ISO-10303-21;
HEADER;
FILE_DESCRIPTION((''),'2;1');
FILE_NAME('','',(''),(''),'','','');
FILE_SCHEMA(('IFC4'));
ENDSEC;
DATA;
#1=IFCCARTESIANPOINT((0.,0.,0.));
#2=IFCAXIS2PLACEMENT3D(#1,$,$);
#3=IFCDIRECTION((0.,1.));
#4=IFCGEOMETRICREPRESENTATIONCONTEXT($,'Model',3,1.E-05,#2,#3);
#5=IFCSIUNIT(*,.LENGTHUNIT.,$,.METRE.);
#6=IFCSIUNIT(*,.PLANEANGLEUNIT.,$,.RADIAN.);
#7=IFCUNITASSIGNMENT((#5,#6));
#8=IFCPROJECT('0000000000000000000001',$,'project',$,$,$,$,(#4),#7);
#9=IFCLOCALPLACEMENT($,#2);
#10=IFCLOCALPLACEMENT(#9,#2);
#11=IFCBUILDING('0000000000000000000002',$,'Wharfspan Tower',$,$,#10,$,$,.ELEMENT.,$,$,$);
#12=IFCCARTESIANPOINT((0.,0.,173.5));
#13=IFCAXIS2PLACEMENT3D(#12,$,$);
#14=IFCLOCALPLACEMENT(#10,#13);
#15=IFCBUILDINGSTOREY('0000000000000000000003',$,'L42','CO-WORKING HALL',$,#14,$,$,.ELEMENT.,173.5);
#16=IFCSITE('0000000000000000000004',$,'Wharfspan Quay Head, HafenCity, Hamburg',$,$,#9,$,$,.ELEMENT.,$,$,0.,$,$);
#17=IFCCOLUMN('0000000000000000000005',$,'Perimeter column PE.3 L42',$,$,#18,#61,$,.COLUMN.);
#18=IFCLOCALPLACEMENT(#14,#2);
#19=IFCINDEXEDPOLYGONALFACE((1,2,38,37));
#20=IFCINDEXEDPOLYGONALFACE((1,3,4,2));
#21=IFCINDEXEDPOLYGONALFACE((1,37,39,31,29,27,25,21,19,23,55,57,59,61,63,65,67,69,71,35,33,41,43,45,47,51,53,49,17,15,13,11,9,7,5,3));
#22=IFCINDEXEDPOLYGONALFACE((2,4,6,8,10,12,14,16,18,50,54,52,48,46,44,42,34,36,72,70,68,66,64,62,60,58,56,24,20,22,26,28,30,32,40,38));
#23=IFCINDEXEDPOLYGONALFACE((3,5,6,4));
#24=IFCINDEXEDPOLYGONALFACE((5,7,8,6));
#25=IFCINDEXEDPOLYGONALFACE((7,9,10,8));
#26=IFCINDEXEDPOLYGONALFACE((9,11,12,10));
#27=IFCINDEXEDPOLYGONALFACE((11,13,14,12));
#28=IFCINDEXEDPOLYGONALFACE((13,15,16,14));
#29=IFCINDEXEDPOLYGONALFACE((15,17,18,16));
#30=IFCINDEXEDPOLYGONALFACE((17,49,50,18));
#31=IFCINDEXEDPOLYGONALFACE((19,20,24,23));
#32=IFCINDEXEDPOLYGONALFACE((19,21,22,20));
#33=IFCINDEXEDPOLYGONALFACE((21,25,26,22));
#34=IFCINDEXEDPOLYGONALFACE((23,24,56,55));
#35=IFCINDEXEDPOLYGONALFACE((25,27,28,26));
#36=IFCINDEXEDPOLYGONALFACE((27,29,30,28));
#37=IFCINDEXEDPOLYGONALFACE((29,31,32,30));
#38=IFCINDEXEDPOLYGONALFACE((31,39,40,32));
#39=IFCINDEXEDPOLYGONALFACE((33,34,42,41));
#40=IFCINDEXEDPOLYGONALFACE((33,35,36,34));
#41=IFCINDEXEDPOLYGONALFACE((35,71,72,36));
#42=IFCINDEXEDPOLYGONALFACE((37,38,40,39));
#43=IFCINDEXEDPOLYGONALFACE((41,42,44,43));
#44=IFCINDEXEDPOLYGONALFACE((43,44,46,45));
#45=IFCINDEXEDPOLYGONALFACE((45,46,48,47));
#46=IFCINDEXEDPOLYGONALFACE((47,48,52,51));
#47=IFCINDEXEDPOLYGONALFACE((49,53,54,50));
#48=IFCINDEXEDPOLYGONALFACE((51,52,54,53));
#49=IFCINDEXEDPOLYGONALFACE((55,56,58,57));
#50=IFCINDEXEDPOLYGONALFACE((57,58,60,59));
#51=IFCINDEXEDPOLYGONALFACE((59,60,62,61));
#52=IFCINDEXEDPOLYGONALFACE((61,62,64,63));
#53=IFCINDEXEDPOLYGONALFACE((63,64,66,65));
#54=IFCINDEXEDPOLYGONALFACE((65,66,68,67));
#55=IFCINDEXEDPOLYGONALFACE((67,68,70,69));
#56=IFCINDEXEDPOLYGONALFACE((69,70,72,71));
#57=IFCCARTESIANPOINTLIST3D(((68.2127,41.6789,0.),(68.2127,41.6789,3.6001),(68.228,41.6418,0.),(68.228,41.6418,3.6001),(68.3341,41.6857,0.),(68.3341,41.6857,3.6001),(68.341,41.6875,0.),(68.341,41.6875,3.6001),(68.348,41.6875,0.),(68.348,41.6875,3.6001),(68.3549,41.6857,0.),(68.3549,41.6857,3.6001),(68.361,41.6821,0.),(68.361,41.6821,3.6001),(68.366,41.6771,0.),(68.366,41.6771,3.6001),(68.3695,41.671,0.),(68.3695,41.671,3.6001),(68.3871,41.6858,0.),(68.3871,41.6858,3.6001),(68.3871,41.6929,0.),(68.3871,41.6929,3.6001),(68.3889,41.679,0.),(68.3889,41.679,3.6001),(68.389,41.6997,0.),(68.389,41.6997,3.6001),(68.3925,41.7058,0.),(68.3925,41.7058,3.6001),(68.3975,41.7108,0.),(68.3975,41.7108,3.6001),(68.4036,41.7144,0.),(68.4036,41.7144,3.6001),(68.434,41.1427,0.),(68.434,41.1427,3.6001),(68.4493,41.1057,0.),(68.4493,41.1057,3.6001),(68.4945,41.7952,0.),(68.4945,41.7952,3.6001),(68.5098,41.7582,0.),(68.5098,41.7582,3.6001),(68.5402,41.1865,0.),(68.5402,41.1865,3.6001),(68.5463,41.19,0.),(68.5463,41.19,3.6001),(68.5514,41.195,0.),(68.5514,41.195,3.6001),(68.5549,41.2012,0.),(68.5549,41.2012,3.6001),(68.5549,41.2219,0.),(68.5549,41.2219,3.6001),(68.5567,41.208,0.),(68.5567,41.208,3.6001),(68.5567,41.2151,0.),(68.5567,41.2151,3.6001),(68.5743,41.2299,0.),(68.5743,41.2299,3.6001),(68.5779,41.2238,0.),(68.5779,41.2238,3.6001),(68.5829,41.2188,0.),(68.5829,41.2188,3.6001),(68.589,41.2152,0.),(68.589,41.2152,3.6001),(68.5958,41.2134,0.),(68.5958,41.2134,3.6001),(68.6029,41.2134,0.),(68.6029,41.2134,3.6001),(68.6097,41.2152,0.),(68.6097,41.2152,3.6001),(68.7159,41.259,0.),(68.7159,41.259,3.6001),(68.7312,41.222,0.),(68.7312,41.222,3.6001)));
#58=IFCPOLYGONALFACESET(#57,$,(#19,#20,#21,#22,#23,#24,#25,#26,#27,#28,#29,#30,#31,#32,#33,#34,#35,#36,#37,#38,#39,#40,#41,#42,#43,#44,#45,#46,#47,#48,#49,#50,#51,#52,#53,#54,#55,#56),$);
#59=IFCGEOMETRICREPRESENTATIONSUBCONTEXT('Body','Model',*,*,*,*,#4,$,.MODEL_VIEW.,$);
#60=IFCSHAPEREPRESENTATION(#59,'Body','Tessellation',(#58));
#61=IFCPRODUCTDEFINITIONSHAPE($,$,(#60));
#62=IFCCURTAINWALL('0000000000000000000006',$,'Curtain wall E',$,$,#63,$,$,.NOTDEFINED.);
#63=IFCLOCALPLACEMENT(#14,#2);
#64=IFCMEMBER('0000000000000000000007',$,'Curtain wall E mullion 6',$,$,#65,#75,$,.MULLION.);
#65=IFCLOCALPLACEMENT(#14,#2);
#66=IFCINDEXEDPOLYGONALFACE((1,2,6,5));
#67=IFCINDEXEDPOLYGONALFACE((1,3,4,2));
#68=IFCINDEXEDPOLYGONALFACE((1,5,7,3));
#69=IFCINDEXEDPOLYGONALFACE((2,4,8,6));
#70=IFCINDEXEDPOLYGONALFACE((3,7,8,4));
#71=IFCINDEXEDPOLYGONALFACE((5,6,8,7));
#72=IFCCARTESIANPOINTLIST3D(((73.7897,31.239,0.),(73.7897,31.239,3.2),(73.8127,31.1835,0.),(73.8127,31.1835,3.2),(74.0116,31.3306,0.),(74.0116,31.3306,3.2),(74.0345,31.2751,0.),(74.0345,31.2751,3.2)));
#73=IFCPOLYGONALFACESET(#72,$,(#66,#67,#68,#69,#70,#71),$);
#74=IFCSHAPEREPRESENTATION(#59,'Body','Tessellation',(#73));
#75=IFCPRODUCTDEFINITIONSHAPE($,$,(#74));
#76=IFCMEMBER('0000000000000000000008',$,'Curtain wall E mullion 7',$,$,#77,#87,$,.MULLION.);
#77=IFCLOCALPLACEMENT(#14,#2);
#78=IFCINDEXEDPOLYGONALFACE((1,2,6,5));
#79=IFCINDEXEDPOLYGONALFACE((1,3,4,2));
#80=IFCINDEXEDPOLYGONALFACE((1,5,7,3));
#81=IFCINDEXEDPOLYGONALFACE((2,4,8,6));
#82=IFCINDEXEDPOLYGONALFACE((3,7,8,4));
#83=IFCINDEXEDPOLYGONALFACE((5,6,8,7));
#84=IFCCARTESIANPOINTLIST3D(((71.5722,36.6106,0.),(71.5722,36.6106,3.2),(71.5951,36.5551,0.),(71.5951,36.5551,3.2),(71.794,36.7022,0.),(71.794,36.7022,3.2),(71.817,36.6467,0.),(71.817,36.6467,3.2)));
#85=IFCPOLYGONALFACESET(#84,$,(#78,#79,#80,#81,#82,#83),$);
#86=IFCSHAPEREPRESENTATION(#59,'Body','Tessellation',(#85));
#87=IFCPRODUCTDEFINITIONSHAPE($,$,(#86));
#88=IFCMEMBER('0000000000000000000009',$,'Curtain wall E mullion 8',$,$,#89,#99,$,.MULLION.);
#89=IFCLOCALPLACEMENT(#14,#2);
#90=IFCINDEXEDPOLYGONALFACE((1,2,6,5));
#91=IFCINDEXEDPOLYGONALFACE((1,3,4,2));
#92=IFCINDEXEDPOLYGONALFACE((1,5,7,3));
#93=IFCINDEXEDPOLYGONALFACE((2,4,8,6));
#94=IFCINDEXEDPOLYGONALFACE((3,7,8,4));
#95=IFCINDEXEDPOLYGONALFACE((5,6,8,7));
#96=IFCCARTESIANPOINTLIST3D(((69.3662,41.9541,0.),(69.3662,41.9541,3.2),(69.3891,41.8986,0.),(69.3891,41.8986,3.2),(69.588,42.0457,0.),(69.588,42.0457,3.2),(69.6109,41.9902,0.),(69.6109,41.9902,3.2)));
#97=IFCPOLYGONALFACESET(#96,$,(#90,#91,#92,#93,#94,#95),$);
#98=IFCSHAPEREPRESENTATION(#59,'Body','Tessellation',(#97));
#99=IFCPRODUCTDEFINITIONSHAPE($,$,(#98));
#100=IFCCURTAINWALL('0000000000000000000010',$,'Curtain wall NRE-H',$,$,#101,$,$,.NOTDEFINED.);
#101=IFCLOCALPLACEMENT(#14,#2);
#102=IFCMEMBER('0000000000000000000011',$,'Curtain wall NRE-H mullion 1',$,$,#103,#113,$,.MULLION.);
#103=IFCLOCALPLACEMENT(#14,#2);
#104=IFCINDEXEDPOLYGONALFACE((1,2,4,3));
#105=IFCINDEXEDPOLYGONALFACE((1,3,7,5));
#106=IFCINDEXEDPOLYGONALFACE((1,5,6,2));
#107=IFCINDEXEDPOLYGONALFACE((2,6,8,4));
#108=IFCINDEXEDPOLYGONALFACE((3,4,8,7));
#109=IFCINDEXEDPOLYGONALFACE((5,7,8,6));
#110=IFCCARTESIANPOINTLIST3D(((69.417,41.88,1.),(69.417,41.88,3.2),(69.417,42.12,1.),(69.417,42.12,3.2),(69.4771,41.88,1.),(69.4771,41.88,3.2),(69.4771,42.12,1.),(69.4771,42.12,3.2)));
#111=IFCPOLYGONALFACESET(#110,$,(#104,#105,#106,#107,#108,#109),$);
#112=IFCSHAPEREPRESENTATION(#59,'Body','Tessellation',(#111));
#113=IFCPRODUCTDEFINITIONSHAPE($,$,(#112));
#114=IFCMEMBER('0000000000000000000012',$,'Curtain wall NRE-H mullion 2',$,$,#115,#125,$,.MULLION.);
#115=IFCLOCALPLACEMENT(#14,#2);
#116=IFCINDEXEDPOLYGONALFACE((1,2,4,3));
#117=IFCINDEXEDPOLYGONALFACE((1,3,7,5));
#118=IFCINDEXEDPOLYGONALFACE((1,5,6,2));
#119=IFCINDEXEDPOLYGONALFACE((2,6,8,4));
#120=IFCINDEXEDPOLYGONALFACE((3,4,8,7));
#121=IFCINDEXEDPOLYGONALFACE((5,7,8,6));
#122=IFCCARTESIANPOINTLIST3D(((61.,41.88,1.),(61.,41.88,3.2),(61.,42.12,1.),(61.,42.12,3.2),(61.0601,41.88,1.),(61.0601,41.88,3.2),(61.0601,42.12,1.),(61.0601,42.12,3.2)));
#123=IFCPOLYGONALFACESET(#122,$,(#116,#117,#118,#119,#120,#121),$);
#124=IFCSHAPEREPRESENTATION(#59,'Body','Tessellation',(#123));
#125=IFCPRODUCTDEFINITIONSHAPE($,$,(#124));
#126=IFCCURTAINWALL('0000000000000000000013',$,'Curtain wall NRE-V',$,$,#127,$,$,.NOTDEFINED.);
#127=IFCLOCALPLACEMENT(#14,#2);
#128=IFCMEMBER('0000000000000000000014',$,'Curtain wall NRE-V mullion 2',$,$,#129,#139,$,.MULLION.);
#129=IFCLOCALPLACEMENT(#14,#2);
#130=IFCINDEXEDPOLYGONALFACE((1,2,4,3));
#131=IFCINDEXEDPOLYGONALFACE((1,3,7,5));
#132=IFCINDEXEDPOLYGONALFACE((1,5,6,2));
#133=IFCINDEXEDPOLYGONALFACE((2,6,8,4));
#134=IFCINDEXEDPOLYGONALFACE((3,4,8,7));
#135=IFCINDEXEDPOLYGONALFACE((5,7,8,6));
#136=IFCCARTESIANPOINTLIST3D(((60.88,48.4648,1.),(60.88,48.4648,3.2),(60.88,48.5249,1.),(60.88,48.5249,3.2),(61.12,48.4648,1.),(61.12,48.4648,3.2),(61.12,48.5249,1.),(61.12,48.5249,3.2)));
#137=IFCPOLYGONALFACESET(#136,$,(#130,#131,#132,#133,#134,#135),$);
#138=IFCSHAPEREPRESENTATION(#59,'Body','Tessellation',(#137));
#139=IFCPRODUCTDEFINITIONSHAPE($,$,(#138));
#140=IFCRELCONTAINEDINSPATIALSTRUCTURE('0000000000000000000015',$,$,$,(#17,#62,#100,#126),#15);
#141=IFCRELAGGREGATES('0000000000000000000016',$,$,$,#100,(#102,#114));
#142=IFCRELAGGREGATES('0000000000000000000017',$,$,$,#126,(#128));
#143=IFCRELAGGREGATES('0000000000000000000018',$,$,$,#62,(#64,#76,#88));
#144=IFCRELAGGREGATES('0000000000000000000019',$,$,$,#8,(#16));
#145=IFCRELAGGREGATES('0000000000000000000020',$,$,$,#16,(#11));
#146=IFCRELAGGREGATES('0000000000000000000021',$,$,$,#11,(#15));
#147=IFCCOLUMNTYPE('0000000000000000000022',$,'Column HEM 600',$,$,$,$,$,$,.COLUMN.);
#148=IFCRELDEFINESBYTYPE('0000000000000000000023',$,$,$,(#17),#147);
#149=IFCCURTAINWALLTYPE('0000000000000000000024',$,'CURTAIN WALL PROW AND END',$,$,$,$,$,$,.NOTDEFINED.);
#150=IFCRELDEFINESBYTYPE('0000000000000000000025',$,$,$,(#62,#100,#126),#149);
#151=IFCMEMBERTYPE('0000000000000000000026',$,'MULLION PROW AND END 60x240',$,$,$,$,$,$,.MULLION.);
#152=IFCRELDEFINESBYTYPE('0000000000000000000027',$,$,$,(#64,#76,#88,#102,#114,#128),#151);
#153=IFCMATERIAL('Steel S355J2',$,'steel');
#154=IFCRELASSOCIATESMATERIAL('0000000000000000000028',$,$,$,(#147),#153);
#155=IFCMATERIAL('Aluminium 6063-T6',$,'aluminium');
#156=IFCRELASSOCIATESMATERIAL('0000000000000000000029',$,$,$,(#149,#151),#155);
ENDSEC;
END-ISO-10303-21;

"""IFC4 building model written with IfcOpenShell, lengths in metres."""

from ifc_helpers import new_model, si_unit, direction, frame, origin, origin_2d, place, context, subcontext, project, spatial, rectangle, i_section, extrude, material, material_profile, profile_set, type_object, element, aggregate, save


model = new_model("IFC4")

# Units and contexts
model_context = context("Model", 3, precision=1e-05, world=origin(), true_north=direction((0.0, 1.0)))
body_context = subcontext(model_context, "Body", "Model", "MODEL_VIEW")
ifc_project = project(units=[si_unit("LENGTHUNIT", "METRE"), si_unit("PLANEANGLEUNIT", "RADIAN")], contexts=[model_context])

# Site, building, storey
site_placement = place(None, origin())
site = spatial("IfcSite", under=ifc_project, at=site_placement, Name="Wharfspan Quay Head, HafenCity, Hamburg", CompositionType="ELEMENT", RefElevation=0.0)
building_placement = place(site_placement, origin())
building = spatial("IfcBuilding", under=site, at=building_placement, Name="Wharfspan Tower", CompositionType="ELEMENT")
storey_placement = place(building_placement, frame((0.0, 0.0, 173.5)))
storey = spatial("IfcBuildingStorey", under=building, at=storey_placement, Name="L42", Description="CO-WORKING HALL", CompositionType="ELEMENT", Elevation=173.5)

# Column
ifc_material_1 = material(Name="Steel S355J2", Category="steel")
ifc_material_profile_1 = material_profile(ifc_material_1, i_section(OverallWidth=0.3049, OverallDepth=0.6201, WebThickness=0.021, FlangeThickness=0.04, FilletRadius=0.0271, at=origin_2d()))
ifc_profile_set_1 = profile_set([ifc_material_profile_1], Name="Steel S355J2")
column_type = type_object("IfcColumnType", Name="Column HEM 600", PredefinedType="COLUMN", material=ifc_profile_set_1)
column_placement = place(storey_placement, frame((68.4719, 41.4504, 0.0), z_axis=(0.0, 0.0, 1.0), x_axis=(0.924325, 0.381602, 0.0)))
element("IfcColumn", 1, at=column_placement, inside=storey, type_object=column_type, Name="Perimeter column PE.3 L42", PredefinedType="COLUMN", context=body_context, shape_type="SweptSolid", body=[
    extrude(i_section(OverallWidth=0.3049, OverallDepth=0.6201, WebThickness=0.021, FlangeThickness=0.04, FilletRadius=0.0271, at=origin_2d()), origin(), (0.0, 0.0, 1.0), 3.6001),
])

# Curtain walls, members
ifc_material_2 = material(Name="Aluminium 6063-T6", Category="aluminium")
curtain_wall_type = type_object("IfcCurtainWallType", Name="CURTAIN WALL PROW AND END", PredefinedType="NOTDEFINED", material=ifc_material_2)
curtain_wall_1_placement = place(storey_placement, origin())
curtain_wall_1 = element("IfcCurtainWall", 2, at=curtain_wall_1_placement, inside=storey, type_object=curtain_wall_type, Name="Curtain wall E", PredefinedType="NOTDEFINED")
ifc_material_profile_2 = material_profile(ifc_material_2, rectangle(XDim=0.24, YDim=0.0601, at=origin_2d()))
ifc_profile_set_2 = profile_set([ifc_material_profile_2], Name="Aluminium 6063-T6")
member_type_1 = type_object("IfcMemberType", Name="MULLION PROW AND END 60x240", PredefinedType="MULLION", material=ifc_profile_set_2)
member_1_placement = place(storey_placement, frame((73.9121, 31.2571, 0.0), z_axis=(0.0, 0.0, 1.0), x_axis=(-0.924325, -0.381602, 0.0)))
member_1 = element("IfcMember", 3, at=member_1_placement, type_object=member_type_1, Name="Curtain wall E mullion 6", PredefinedType="MULLION", context=body_context, shape_type="SweptSolid", body=[
    extrude(rectangle(XDim=0.24, YDim=0.0601, at=origin_2d()), origin(), (0.0, 0.0, 1.0), 3.2),
])
member_2_placement = place(storey_placement, frame((71.6946, 36.6287, 0.0), z_axis=(0.0, 0.0, 1.0), x_axis=(-0.924325, -0.381602, 0.0)))
member_2 = element("IfcMember", 4, at=member_2_placement, type_object=member_type_1, Name="Curtain wall E mullion 7", PredefinedType="MULLION", context=body_context, shape_type="SweptSolid", body=[
    extrude(rectangle(XDim=0.24, YDim=0.0601, at=origin_2d()), origin(), (0.0, 0.0, 1.0), 3.2),
])
member_3_placement = place(storey_placement, frame((69.4885, 41.9722, 0.0), z_axis=(0.0, 0.0, 1.0), x_axis=(-0.924325, -0.381602, 0.0)))
member_3 = element("IfcMember", 5, at=member_3_placement, type_object=member_type_1, Name="Curtain wall E mullion 8", PredefinedType="MULLION", context=body_context, shape_type="SweptSolid", body=[
    extrude(rectangle(XDim=0.24, YDim=0.0601, at=origin_2d()), origin(), (0.0, 0.0, 1.0), 3.2),
])
curtain_wall_2_placement = place(storey_placement, origin())
curtain_wall_2 = element("IfcCurtainWall", 6, at=curtain_wall_2_placement, inside=storey, type_object=curtain_wall_type, Name="Curtain wall NRE-H", PredefinedType="NOTDEFINED")
member_4_placement = place(storey_placement, frame((69.447, 42.0, 1.0), z_axis=(0.0, 0.0, 1.0), x_axis=(0.0, -1.0, 0.0)))
member_4 = element("IfcMember", 7, at=member_4_placement, type_object=member_type_1, Name="Curtain wall NRE-H mullion 1", PredefinedType="MULLION", context=body_context, shape_type="SweptSolid", body=[
    extrude(rectangle(XDim=0.24, YDim=0.0601, at=origin_2d()), origin(), (0.0, 0.0, 1.0), 2.2),
])
member_5_placement = place(storey_placement, frame((61.03, 42.0, 1.0), z_axis=(0.0, 0.0, 1.0), x_axis=(0.0, -1.0, 0.0)))
member_5 = element("IfcMember", 8, at=member_5_placement, type_object=member_type_1, Name="Curtain wall NRE-H mullion 2", PredefinedType="MULLION", context=body_context, shape_type="SweptSolid", body=[
    extrude(rectangle(XDim=0.24, YDim=0.0601, at=origin_2d()), origin(), (0.0, 0.0, 1.0), 2.2),
])

# Curtain wall, member
curtain_wall_3_placement = place(storey_placement, origin())
curtain_wall_3 = element("IfcCurtainWall", 9, at=curtain_wall_3_placement, inside=storey, type_object=curtain_wall_type, Name="Curtain wall NRE-V", PredefinedType="NOTDEFINED")
member_6_placement = place(storey_placement, frame((61.0, 48.4949, 1.0), z_axis=(0.0, 0.0, 1.0), x_axis=(-1.0, 0.0, 0.0)))
member_6 = element("IfcMember", 10, at=member_6_placement, type_object=member_type_1, Name="Curtain wall NRE-V mullion 2", PredefinedType="MULLION", context=body_context, shape_type="SweptSolid", body=[
    extrude(rectangle(XDim=0.24, YDim=0.0601, at=origin_2d()), origin(), (0.0, 0.0, 1.0), 2.2),
])

aggregate(curtain_wall_2, [member_4, member_5])
aggregate(curtain_wall_3, [member_6])
aggregate(curtain_wall_1, [member_1, member_2, member_3])

save(model, "model.ifc")
